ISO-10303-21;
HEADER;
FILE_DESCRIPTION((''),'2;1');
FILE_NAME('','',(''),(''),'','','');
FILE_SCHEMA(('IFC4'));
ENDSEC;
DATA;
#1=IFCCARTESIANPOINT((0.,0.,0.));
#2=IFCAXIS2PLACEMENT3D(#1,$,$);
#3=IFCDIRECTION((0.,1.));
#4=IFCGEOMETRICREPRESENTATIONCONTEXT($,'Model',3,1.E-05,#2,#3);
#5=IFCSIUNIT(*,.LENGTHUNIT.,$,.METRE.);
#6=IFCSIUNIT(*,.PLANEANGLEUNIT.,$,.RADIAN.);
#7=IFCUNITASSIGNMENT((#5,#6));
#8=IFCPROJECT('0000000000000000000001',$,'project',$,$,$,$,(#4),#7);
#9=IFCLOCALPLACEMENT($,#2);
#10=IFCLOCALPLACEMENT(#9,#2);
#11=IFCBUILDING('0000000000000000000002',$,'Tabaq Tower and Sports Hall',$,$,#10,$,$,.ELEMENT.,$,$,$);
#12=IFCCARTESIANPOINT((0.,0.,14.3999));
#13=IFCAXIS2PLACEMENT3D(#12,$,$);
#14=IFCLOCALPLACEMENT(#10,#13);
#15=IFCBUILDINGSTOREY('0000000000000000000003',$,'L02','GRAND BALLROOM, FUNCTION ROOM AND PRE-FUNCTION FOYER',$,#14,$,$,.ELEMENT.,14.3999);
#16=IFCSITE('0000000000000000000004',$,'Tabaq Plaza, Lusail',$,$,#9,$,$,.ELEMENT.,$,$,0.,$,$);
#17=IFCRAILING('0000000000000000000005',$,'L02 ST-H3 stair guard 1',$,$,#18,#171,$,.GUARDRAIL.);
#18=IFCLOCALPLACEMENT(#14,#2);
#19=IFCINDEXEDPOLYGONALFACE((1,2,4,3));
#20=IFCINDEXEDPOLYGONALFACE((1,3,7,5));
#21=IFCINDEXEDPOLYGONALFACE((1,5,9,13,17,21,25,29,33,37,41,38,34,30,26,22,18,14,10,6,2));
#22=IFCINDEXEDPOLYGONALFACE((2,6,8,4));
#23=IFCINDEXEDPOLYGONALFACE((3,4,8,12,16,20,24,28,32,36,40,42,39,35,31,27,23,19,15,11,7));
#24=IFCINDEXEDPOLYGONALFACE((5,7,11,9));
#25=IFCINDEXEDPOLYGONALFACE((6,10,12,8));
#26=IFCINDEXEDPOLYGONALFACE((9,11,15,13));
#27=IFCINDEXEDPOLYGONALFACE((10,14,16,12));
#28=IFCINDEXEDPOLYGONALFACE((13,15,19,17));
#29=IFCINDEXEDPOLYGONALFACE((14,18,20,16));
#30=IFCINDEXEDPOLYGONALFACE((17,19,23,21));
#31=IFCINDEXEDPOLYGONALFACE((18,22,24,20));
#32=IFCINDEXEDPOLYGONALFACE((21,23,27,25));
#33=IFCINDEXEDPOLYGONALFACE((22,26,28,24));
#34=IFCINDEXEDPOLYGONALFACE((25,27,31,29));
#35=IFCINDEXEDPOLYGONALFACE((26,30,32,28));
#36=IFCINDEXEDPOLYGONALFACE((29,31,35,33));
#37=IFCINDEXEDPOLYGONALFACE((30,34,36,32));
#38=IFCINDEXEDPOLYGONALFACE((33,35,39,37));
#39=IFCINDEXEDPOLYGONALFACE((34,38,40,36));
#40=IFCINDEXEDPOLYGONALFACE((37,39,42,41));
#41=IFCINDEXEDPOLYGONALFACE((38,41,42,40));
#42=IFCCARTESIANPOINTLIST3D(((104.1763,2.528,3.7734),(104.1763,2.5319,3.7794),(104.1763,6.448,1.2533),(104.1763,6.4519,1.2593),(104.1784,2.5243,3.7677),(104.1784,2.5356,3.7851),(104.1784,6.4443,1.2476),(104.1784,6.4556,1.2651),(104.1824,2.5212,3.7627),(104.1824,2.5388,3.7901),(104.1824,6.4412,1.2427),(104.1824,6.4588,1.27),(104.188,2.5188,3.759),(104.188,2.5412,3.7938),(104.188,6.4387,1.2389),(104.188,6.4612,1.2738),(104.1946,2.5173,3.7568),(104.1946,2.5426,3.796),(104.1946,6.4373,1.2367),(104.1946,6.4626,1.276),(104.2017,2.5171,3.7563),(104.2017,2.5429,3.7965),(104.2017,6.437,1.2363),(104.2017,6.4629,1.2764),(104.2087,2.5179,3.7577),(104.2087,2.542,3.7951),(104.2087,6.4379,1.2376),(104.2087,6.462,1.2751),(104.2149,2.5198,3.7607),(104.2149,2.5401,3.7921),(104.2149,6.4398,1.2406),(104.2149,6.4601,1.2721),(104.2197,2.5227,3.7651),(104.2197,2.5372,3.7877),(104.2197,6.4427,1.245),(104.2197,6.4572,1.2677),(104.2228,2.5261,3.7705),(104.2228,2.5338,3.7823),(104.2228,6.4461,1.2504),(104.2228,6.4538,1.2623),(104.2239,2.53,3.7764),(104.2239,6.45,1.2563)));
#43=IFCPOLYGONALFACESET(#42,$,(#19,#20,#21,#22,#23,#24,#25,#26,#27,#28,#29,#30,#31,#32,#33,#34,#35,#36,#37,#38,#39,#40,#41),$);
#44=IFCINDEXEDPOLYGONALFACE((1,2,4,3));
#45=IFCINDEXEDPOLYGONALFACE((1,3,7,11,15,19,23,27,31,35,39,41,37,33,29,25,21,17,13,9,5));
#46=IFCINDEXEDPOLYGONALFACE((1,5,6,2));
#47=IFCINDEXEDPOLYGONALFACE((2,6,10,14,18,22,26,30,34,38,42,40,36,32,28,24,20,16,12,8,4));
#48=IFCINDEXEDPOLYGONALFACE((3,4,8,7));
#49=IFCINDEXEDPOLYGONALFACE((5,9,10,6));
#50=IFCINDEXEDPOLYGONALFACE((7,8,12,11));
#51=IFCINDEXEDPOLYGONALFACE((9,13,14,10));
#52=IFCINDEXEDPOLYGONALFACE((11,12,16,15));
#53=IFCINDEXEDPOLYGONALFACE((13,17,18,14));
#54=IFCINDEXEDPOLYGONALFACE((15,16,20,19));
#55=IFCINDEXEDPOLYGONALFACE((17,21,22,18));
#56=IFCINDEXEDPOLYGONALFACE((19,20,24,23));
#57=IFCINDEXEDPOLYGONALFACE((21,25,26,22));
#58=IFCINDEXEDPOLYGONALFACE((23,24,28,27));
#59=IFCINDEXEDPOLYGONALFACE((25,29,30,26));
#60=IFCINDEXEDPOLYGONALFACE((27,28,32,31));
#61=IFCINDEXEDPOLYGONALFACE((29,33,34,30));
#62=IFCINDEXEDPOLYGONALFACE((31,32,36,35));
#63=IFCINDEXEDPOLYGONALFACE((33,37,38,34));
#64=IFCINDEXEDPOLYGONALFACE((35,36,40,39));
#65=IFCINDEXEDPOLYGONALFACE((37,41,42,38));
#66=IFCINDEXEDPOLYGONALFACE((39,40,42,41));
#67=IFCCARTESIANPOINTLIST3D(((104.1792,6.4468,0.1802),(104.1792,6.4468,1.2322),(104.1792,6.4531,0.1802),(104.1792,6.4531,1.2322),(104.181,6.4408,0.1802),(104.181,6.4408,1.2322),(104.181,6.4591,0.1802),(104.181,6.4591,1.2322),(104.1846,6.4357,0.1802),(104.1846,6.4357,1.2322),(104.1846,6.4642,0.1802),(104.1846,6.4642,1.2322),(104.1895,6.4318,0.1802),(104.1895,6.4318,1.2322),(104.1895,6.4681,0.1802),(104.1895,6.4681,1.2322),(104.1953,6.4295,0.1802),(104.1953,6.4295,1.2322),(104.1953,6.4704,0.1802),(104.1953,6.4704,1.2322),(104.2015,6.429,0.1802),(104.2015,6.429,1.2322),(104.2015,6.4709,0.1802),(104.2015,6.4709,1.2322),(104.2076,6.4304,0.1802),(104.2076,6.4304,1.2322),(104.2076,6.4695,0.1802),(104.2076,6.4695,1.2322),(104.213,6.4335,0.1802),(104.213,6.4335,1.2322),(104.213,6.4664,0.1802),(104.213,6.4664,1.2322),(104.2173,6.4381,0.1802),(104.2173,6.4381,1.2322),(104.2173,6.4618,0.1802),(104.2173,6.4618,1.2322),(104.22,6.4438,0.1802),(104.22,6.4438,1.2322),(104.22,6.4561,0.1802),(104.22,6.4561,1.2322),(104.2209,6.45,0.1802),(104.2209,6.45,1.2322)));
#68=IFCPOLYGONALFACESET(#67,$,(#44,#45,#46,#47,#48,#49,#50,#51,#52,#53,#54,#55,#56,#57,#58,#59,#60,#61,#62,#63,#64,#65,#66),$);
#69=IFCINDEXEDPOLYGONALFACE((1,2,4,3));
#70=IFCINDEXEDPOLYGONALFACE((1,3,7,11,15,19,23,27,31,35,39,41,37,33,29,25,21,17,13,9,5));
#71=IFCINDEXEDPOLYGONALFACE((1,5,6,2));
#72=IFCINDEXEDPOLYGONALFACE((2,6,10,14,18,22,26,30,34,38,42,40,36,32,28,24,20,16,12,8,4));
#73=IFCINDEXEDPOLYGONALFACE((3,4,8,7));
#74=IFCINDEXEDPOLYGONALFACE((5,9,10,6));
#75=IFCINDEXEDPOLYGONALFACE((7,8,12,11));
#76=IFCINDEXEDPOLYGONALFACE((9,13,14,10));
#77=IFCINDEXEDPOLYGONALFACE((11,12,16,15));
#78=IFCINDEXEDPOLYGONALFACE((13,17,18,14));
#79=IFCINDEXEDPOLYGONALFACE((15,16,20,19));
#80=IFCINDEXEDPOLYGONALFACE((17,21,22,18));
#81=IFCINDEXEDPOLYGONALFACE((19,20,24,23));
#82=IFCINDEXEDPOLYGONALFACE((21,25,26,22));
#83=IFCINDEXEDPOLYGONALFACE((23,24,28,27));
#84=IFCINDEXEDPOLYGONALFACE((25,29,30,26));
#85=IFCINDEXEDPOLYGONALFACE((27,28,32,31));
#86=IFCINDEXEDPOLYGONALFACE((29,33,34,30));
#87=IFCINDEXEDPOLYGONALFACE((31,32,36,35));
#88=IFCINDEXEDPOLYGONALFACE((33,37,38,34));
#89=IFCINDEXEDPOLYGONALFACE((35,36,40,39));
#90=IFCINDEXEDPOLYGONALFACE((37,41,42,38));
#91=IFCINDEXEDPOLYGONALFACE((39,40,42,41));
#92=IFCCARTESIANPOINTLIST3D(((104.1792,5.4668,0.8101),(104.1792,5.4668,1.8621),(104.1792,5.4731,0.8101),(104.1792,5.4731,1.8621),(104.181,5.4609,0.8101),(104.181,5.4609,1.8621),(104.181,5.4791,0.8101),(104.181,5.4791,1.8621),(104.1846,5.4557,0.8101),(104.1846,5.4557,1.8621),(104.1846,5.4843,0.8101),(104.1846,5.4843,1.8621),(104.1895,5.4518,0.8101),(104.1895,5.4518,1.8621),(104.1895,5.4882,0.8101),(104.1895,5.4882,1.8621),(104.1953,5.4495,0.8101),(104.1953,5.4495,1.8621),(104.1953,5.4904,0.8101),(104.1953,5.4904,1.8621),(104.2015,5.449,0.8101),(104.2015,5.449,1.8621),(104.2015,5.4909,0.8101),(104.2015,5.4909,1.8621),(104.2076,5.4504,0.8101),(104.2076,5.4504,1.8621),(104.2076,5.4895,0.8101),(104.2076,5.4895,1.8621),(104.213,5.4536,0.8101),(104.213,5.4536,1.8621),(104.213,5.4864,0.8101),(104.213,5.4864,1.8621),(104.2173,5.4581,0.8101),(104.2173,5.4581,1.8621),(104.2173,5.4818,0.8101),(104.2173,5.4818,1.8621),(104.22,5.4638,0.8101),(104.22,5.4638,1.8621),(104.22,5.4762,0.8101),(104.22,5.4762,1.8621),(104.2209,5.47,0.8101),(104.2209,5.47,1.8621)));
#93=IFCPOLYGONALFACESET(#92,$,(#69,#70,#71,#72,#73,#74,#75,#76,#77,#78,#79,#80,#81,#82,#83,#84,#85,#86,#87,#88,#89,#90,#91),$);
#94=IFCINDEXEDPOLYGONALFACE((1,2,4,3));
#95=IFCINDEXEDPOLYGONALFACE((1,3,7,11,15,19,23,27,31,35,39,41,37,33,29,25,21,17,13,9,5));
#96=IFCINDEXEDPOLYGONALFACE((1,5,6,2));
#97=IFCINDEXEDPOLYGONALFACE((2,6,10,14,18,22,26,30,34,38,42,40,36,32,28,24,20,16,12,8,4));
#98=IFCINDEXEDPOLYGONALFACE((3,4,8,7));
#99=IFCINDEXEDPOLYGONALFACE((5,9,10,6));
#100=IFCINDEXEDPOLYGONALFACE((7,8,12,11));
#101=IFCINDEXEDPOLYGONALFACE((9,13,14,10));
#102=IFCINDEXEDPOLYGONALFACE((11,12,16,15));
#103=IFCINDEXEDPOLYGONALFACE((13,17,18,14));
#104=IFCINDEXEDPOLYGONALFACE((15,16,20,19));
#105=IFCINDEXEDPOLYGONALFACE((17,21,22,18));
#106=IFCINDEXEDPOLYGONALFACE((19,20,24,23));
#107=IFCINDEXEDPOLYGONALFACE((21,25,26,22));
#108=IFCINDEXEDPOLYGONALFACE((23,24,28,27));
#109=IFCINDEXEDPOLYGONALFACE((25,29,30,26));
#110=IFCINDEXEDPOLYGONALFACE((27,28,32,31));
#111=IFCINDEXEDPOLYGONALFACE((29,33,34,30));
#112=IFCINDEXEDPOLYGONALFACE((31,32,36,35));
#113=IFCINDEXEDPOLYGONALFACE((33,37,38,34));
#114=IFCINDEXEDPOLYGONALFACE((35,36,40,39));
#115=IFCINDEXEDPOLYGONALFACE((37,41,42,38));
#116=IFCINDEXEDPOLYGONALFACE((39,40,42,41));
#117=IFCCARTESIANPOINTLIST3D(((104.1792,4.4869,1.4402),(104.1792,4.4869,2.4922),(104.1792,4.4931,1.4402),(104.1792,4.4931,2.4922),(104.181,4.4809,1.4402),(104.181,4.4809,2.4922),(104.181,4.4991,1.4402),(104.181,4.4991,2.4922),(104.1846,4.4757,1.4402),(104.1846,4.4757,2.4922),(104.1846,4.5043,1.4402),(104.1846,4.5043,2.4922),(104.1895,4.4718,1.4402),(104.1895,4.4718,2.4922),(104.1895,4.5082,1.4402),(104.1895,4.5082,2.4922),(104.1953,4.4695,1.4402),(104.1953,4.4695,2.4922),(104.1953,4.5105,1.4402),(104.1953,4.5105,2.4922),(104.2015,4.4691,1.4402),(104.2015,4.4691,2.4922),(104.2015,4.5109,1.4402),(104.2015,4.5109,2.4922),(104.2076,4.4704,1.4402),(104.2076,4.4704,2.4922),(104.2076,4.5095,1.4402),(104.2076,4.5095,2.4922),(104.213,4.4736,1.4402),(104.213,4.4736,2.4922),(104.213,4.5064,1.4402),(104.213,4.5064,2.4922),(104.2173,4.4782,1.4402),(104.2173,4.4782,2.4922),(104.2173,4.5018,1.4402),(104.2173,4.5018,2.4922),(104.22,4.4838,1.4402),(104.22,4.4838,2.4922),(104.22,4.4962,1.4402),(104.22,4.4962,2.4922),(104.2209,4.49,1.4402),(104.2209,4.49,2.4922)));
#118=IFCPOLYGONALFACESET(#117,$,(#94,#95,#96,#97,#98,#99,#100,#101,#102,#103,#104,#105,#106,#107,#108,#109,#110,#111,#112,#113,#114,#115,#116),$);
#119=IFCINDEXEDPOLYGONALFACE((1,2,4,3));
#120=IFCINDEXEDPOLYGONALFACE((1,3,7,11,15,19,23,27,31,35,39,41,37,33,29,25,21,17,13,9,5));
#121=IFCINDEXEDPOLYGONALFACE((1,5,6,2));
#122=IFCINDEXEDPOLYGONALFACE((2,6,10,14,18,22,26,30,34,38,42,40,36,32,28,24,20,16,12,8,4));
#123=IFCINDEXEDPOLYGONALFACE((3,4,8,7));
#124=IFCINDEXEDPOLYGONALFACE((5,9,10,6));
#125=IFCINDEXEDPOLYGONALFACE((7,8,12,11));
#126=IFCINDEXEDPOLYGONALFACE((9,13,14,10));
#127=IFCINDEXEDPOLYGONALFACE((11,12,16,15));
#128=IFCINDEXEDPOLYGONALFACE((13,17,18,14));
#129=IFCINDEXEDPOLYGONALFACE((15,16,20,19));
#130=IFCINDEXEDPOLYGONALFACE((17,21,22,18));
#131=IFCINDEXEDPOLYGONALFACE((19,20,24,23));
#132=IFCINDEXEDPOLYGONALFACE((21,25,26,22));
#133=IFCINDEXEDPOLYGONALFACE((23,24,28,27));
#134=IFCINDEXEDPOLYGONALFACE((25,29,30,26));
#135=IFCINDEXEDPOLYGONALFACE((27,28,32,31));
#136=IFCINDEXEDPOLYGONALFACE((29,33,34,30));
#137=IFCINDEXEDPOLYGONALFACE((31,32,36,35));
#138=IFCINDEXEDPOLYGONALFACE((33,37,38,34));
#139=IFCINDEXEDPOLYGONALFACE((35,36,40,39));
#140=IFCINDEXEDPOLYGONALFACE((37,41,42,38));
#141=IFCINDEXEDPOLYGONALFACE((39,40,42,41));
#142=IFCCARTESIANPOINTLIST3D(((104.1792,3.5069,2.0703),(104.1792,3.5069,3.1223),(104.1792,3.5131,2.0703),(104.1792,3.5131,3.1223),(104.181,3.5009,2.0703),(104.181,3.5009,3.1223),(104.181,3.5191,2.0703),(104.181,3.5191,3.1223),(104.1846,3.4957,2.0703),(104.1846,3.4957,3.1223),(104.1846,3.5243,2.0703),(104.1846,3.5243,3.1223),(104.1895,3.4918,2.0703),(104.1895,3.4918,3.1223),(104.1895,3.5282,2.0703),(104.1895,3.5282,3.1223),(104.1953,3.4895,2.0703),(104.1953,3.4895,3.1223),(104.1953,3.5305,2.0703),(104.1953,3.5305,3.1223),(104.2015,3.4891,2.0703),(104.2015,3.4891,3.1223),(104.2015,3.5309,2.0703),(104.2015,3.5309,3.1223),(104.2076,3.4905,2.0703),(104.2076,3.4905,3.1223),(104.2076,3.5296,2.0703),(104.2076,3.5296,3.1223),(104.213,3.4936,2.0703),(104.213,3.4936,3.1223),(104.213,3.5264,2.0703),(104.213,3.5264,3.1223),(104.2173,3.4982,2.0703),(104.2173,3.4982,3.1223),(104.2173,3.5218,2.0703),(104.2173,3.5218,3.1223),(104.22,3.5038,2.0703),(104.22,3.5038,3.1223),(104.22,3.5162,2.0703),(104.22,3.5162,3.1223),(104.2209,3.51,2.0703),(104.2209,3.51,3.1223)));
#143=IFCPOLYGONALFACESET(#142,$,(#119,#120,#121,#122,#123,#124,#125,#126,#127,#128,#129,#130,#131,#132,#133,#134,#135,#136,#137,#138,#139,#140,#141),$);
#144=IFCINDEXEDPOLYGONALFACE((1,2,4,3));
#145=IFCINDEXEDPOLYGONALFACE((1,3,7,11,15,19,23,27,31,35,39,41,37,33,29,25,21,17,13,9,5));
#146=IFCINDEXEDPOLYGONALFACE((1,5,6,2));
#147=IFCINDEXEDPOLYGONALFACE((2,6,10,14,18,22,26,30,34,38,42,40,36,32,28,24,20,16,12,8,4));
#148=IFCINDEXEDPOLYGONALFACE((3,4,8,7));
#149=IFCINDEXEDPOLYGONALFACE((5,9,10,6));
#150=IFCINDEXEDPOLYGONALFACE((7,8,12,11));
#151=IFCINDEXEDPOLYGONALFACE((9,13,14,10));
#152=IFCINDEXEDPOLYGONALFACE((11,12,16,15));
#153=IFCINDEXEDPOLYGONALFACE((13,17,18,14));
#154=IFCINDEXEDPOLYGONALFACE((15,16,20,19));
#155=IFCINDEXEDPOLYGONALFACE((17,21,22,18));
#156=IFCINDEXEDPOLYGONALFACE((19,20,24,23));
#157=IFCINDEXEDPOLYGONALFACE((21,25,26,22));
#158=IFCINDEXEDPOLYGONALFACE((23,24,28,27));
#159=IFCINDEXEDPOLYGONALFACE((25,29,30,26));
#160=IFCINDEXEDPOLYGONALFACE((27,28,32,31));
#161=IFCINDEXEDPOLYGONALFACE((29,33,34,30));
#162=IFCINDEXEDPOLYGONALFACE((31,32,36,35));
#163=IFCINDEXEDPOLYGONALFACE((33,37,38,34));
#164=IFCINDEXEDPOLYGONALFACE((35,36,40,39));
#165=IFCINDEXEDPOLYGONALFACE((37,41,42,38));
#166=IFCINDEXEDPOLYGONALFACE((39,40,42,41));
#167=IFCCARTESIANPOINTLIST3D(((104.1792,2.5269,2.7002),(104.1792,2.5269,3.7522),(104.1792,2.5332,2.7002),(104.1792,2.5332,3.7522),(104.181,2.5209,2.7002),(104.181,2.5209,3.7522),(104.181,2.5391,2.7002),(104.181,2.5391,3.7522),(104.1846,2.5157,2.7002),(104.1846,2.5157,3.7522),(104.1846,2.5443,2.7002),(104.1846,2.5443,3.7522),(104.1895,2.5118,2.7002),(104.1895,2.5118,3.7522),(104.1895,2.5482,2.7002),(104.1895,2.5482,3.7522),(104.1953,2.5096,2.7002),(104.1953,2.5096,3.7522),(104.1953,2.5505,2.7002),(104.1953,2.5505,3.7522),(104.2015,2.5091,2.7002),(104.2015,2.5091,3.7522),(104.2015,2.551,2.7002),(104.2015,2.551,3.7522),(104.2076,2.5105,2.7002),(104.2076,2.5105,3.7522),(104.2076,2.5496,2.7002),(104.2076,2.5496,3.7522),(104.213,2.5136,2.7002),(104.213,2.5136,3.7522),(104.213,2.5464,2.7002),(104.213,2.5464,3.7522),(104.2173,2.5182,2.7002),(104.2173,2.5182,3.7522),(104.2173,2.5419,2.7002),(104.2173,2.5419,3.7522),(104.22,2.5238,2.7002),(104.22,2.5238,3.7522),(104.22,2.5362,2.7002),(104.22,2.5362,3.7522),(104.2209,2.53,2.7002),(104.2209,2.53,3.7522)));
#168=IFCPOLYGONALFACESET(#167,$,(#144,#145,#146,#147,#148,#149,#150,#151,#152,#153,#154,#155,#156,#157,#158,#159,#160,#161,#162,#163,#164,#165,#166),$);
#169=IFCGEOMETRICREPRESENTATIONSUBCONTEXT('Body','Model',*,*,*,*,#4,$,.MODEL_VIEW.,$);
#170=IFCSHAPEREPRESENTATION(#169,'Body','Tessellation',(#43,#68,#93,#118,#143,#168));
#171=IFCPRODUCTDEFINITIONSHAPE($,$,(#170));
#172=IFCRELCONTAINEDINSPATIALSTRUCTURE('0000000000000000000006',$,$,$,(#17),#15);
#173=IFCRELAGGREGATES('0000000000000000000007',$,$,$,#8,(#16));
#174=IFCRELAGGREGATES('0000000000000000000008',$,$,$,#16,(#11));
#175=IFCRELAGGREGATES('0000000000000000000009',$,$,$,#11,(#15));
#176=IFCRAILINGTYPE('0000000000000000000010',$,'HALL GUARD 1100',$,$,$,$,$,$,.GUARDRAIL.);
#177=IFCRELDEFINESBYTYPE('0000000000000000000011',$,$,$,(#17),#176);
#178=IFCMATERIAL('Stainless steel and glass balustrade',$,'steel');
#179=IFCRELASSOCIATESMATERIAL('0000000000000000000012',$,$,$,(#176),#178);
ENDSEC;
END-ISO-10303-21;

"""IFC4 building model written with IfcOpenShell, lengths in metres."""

from ifc_helpers import new_model, si_unit, direction, frame, origin, origin_2d, place, context, subcontext, project, spatial, circle, extrude, material, type_object, element, save


model = new_model("IFC4")

# Units and contexts
model_context = context("Model", 3, precision=1e-05, world=origin(), true_north=direction((0.0, 1.0)))
body_context = subcontext(model_context, "Body", "Model", "MODEL_VIEW")
ifc_project = project(units=[si_unit("LENGTHUNIT", "METRE"), si_unit("PLANEANGLEUNIT", "RADIAN")], contexts=[model_context])

# Site, building, storey
site_placement = place(None, origin())
site = spatial("IfcSite", under=ifc_project, at=site_placement, Name="Tabaq Plaza, Lusail", CompositionType="ELEMENT", RefElevation=0.0)
building_placement = place(site_placement, origin())
building = spatial("IfcBuilding", under=site, at=building_placement, Name="Tabaq Tower and Sports Hall", CompositionType="ELEMENT")
storey_placement = place(building_placement, frame((0.0, 0.0, 14.3999)))
storey = spatial("IfcBuildingStorey", under=building, at=storey_placement, Name="L02", Description="GRAND BALLROOM, FUNCTION ROOM AND PRE-FUNCTION FOYER", CompositionType="ELEMENT", Elevation=14.3999)

# Railing
ifc_material_1 = material(Name="Stainless steel and glass balustrade", Category="steel")
railing_type_1 = type_object("IfcRailingType", Name="HALL GUARD 1100", PredefinedType="GUARDRAIL", material=ifc_material_1)
railing_1_placement = place(storey_placement, frame((104.2, 6.45, 0.1802)))
element("IfcRailing", 1, at=railing_1_placement, inside=storey, type_object=railing_type_1, Name="L02 ST-H3 stair guard 1", PredefinedType="GUARDRAIL", context=body_context, shape_type="SweptSolid", body=[
    extrude(circle(Radius=0.0239, at=origin_2d()), frame((0.0, 0.0, 1.0762), z_axis=(0.0, -0.841172, 0.540768), x_axis=(1.0, 0.0, 0.0)), (0.0, 0.0, 1.0), 4.6602),
    extrude(circle(Radius=0.021, at=origin_2d()), origin(), (0.0, 0.0, 1.0), 1.052),
    extrude(circle(Radius=0.021, at=origin_2d()), frame((0.0, -0.98, 0.6299)), (0.0, 0.0, 1.0), 1.052),
    extrude(circle(Radius=0.021, at=origin_2d()), frame((0.0, -1.96, 1.26)), (0.0, 0.0, 1.0), 1.052),
    extrude(circle(Radius=0.021, at=origin_2d()), frame((0.0, -2.9399, 1.8901)), (0.0, 0.0, 1.0), 1.052),
    extrude(circle(Radius=0.021, at=origin_2d()), frame((0.0, -3.9199, 2.52)), (0.0, 0.0, 1.0), 1.052),
])

save(model, "model.ifc")
